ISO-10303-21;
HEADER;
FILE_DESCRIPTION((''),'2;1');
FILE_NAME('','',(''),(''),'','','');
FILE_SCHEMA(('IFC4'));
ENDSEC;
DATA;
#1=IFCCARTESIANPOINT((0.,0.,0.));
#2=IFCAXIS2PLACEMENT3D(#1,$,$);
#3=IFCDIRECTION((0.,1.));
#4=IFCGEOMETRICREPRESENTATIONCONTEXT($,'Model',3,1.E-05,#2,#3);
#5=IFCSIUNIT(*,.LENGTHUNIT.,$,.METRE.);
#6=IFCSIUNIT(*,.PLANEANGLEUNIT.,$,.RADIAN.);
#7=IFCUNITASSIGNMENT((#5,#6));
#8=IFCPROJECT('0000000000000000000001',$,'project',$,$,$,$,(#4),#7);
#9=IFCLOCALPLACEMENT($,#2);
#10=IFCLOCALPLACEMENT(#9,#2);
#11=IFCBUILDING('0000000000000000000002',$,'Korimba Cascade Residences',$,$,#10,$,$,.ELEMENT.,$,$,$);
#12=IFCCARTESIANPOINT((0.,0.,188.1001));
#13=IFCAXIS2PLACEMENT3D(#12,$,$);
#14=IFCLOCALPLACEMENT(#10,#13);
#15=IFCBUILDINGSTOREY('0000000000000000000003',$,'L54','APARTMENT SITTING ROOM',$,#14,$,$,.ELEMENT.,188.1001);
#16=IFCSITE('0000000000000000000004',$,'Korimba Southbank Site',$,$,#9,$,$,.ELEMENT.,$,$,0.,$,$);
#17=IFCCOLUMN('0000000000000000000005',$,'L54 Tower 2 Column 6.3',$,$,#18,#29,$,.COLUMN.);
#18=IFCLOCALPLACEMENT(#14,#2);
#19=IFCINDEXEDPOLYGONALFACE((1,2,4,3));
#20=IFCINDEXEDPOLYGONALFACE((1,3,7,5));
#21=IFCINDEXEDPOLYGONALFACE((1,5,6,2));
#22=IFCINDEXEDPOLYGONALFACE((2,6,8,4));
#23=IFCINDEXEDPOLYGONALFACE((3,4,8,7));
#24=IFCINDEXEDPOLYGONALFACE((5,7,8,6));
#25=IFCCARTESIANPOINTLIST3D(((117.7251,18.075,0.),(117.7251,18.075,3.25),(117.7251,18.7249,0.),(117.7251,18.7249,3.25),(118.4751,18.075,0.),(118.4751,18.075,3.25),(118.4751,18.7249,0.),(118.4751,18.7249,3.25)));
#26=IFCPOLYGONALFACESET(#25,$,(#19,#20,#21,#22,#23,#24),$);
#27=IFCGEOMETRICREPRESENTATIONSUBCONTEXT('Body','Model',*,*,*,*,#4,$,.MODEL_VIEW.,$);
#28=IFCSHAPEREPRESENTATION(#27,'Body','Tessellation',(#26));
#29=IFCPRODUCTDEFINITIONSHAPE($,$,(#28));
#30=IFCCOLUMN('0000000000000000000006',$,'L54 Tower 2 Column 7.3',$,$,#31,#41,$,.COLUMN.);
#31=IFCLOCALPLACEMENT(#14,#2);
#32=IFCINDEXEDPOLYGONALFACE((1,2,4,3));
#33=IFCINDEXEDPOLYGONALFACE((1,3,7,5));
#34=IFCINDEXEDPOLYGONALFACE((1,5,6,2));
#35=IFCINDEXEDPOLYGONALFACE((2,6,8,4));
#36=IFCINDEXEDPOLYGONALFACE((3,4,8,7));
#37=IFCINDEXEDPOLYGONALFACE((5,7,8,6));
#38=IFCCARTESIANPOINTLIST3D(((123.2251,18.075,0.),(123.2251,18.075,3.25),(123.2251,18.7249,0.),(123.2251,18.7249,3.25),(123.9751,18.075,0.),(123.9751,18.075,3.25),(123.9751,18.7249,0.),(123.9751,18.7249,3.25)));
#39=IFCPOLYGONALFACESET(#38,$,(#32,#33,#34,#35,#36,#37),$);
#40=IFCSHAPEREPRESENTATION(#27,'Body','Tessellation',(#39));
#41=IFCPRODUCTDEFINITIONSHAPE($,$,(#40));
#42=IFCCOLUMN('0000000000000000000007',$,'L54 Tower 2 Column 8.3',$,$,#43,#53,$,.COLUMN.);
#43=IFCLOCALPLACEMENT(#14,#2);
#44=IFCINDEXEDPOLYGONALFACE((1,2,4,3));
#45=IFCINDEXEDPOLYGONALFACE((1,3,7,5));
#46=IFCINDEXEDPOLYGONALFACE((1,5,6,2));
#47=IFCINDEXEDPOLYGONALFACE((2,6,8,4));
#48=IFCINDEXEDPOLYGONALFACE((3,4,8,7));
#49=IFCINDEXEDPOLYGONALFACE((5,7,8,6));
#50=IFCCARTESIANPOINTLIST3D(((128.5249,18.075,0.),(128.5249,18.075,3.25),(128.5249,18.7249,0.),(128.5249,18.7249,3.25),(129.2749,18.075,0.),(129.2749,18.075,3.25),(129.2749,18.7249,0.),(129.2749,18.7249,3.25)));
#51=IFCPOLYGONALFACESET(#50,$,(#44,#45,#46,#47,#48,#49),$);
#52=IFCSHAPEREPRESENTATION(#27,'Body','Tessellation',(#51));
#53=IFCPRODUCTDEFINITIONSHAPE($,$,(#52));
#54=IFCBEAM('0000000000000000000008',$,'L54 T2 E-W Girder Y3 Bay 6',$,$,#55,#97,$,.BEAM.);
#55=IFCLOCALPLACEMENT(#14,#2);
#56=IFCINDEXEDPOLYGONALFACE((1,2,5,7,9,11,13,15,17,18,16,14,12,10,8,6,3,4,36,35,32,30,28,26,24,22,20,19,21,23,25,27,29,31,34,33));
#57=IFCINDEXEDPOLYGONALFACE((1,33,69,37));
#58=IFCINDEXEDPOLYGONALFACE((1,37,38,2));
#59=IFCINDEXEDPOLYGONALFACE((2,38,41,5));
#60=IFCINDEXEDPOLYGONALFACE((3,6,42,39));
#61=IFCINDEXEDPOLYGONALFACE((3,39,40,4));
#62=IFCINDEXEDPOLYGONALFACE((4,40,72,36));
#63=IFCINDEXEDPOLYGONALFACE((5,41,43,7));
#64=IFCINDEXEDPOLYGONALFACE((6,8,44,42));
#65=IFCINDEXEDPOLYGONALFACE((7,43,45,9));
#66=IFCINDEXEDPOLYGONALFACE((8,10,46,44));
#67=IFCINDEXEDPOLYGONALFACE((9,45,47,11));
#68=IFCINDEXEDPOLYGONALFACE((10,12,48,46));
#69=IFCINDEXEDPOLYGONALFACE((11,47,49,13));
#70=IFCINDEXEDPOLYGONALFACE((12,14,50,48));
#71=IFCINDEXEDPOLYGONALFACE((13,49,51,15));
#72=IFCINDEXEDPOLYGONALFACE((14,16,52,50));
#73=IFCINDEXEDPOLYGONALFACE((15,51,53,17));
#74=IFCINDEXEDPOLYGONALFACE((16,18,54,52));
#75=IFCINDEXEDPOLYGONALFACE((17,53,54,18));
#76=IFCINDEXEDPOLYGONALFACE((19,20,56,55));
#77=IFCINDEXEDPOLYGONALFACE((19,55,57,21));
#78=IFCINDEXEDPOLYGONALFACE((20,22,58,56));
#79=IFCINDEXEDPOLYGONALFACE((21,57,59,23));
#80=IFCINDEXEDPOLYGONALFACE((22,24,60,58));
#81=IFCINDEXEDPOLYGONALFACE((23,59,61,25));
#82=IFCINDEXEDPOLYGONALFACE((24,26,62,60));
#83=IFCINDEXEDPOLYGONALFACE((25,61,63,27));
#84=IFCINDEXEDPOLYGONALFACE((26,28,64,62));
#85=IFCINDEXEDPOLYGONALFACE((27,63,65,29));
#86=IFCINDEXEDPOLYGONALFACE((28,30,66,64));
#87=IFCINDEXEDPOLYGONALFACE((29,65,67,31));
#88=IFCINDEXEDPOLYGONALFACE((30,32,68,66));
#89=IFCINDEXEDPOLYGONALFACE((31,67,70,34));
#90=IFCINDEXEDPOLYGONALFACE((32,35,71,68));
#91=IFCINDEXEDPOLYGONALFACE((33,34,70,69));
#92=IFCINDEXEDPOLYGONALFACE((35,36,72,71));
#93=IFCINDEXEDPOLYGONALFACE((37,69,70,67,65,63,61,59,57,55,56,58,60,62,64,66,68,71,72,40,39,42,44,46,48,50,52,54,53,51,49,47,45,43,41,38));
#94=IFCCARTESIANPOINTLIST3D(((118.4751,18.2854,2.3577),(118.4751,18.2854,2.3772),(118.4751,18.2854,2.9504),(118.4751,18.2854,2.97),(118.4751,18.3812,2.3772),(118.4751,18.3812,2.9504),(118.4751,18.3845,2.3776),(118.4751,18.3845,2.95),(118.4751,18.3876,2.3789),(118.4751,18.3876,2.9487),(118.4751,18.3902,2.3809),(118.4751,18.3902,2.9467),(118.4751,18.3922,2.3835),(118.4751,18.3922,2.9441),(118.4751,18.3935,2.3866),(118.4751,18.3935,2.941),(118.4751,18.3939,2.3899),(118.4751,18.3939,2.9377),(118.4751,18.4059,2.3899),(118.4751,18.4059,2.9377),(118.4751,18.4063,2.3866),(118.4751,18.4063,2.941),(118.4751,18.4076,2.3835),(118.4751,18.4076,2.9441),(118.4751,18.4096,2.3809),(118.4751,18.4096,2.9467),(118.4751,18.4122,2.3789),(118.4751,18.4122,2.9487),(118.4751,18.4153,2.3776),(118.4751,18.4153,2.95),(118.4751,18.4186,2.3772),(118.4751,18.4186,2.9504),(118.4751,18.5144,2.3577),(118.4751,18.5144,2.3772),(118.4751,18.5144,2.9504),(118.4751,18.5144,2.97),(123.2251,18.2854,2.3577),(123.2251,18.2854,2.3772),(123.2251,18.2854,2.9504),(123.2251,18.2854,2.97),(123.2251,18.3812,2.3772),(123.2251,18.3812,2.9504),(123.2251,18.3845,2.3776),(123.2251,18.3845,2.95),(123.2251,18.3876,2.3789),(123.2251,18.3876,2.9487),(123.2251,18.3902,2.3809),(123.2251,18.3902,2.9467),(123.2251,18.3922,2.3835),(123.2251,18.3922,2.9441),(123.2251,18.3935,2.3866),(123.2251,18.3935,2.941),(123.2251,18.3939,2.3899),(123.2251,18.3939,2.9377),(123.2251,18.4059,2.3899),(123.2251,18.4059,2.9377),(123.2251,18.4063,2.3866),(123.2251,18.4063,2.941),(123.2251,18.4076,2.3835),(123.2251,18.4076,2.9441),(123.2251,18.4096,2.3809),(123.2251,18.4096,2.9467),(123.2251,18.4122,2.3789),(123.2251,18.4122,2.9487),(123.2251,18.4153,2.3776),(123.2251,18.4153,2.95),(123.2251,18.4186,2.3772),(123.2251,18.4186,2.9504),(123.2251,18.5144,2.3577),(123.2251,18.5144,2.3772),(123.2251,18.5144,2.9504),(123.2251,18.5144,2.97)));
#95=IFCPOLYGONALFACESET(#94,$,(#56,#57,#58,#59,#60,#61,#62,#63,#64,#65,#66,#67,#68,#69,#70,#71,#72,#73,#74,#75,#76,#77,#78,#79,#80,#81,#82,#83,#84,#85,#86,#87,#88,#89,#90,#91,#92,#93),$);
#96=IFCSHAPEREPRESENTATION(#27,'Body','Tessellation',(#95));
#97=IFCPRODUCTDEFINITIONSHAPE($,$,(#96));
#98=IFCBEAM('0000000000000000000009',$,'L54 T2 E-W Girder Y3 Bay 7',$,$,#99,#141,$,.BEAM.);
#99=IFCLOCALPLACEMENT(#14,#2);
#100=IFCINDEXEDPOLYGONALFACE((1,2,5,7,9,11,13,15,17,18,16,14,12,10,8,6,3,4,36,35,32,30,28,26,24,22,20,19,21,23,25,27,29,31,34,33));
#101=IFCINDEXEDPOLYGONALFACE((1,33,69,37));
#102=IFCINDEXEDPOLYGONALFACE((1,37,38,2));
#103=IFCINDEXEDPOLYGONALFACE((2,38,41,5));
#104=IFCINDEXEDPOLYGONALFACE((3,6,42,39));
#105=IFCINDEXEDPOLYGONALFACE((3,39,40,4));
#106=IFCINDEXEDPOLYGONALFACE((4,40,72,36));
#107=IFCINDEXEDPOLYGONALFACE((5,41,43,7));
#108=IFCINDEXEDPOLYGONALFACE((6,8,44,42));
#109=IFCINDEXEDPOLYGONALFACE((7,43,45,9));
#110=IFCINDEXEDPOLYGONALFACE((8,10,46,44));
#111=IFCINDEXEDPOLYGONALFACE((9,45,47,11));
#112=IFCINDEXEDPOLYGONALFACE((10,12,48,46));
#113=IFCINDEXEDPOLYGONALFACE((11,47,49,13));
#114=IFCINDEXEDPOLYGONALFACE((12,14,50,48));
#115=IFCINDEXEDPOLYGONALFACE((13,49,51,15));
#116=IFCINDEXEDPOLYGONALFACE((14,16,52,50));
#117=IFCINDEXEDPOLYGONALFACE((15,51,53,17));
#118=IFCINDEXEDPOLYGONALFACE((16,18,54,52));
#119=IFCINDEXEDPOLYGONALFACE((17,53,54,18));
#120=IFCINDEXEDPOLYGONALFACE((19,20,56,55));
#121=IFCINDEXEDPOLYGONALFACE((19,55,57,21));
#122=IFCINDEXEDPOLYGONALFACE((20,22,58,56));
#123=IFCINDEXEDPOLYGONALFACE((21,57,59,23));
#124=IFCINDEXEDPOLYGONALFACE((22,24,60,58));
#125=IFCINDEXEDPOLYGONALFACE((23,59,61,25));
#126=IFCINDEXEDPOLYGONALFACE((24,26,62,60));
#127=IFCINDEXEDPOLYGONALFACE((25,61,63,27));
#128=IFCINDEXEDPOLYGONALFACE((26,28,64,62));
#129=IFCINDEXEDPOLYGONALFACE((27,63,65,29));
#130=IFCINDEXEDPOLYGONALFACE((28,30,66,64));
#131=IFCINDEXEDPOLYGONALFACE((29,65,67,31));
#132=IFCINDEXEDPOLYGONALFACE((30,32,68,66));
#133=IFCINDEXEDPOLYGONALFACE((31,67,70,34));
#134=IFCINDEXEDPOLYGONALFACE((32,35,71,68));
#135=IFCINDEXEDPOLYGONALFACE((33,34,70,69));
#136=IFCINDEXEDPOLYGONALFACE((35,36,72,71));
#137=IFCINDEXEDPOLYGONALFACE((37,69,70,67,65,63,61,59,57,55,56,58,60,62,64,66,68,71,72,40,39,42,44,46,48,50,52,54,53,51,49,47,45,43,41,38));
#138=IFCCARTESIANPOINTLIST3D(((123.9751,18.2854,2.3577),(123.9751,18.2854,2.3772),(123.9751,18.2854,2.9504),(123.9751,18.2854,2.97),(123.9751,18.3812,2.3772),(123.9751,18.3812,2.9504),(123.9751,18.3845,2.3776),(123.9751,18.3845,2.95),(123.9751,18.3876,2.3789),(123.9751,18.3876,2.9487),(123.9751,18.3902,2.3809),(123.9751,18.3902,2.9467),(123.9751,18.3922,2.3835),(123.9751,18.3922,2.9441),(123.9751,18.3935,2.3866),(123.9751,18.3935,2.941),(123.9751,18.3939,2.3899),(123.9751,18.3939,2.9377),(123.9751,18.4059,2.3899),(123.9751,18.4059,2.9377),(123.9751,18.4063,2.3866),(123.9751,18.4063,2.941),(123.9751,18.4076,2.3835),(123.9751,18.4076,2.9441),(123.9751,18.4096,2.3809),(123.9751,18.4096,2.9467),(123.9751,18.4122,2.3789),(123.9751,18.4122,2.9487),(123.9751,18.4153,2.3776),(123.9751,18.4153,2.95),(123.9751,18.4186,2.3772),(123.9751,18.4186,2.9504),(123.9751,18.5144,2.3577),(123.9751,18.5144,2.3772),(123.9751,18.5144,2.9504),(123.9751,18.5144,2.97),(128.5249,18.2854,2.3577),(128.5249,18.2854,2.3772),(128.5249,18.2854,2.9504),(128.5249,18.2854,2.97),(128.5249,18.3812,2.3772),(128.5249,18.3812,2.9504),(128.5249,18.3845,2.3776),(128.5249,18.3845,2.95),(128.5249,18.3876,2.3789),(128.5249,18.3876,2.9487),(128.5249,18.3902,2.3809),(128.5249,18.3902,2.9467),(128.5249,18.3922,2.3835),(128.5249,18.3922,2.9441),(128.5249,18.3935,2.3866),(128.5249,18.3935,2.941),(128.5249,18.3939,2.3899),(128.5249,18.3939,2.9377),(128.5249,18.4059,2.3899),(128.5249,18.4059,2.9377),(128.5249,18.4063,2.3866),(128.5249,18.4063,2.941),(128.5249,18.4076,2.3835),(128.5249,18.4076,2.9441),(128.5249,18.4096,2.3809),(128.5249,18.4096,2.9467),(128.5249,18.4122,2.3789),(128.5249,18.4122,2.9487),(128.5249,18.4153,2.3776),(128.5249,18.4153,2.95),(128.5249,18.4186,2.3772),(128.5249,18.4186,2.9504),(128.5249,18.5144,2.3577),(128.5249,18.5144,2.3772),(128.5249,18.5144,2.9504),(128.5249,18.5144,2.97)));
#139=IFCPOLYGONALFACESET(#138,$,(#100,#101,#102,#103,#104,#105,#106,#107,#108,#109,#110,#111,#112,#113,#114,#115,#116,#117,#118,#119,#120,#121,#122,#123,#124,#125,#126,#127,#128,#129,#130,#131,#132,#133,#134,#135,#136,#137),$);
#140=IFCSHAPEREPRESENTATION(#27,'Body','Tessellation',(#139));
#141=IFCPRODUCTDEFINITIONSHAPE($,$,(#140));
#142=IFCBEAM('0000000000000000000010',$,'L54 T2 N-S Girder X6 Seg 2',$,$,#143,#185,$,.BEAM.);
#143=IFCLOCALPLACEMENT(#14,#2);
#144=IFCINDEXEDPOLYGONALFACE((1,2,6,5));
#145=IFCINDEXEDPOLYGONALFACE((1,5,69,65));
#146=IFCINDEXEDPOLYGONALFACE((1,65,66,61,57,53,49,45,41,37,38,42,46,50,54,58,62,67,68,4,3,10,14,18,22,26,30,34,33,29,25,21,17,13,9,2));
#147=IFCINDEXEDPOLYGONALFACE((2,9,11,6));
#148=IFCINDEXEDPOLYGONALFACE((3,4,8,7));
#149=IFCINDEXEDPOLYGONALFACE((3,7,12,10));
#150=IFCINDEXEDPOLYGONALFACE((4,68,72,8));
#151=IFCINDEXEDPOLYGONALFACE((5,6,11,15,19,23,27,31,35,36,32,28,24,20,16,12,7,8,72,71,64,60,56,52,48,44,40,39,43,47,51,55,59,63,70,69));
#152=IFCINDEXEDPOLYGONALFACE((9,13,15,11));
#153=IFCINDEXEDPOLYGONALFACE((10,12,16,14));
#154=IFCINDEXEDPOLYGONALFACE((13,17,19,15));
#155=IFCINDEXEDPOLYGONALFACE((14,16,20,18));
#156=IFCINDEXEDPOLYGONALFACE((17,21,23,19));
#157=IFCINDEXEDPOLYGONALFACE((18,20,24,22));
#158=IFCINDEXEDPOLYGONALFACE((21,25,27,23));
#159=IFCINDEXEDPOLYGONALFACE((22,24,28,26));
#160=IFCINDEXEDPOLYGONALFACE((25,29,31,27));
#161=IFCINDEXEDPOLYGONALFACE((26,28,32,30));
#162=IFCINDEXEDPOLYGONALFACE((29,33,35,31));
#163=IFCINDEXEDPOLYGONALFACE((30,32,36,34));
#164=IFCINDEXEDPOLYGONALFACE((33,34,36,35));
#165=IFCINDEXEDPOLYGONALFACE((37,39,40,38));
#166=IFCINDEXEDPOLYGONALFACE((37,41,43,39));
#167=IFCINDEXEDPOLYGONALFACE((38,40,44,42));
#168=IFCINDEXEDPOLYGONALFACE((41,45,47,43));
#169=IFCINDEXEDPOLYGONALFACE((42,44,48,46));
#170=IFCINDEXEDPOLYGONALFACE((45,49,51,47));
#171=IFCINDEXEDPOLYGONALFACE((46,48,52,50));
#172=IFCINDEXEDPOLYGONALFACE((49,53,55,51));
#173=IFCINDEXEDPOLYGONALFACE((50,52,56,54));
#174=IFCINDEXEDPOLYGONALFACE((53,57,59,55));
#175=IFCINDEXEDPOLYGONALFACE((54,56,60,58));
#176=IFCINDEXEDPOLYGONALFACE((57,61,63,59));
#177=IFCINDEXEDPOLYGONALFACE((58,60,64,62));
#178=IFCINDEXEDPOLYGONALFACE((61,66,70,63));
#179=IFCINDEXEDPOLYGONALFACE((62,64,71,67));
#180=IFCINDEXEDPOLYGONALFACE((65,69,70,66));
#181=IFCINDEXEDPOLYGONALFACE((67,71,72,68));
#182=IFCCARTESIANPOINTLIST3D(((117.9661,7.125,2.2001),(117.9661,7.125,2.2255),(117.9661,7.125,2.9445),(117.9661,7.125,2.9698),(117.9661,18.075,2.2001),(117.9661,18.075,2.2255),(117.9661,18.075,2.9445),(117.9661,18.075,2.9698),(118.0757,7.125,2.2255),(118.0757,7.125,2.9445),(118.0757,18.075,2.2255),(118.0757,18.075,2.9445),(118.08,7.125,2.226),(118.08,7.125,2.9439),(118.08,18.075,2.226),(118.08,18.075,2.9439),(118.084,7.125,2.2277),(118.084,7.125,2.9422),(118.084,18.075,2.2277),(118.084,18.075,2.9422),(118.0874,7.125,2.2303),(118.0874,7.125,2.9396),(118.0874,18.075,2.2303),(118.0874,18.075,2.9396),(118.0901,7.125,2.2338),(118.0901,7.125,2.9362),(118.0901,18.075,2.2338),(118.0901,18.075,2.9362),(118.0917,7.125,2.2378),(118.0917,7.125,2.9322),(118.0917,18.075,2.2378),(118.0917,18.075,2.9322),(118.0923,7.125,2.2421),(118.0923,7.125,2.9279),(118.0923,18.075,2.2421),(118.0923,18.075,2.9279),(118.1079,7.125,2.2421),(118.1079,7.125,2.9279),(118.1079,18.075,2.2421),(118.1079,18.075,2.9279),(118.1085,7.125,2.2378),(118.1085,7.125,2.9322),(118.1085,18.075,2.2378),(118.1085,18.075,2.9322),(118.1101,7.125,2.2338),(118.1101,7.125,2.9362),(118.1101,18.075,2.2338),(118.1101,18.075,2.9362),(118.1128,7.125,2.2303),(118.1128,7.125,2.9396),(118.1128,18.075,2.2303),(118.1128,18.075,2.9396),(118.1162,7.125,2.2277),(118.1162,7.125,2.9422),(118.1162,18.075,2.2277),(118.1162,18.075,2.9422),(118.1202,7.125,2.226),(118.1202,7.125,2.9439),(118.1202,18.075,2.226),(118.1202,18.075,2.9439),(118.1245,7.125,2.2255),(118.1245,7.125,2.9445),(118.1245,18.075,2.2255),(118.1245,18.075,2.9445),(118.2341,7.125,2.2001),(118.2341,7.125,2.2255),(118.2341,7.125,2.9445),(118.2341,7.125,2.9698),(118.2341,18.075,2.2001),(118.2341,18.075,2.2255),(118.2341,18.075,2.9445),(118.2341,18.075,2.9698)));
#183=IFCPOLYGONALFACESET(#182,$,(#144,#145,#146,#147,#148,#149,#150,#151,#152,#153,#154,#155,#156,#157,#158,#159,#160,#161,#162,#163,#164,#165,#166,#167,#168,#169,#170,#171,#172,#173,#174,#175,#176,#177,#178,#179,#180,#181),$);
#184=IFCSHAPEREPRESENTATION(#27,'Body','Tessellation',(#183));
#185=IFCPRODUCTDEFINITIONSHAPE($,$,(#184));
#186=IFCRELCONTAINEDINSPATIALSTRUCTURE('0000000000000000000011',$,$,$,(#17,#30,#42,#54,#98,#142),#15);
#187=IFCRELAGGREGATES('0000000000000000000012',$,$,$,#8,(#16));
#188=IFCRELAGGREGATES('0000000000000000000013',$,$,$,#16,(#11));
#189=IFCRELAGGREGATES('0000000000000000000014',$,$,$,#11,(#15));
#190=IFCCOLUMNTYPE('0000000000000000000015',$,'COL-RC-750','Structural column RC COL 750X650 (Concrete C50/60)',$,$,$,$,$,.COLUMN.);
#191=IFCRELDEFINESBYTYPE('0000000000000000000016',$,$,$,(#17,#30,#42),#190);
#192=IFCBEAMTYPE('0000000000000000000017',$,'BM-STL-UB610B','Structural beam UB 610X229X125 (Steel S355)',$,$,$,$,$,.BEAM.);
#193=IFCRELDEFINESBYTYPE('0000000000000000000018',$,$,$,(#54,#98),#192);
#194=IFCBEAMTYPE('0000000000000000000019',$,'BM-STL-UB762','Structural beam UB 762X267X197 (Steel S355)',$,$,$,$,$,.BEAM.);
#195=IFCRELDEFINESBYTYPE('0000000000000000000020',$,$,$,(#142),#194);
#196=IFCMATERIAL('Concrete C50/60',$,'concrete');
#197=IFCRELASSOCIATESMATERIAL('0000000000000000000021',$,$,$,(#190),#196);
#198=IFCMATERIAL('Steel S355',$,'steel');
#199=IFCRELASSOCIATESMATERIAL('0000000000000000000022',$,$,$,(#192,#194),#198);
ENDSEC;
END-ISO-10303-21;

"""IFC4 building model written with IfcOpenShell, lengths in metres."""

from ifc_helpers import new_model, si_unit, direction, frame, origin, origin_2d, place, context, subcontext, project, spatial, rectangle, i_section, extrude, material, material_profile, profile_set, type_object, element, save


model = new_model("IFC4")

# Units and contexts
model_context = context("Model", 3, precision=1e-05, world=origin(), true_north=direction((0.0, 1.0)))
body_context = subcontext(model_context, "Body", "Model", "MODEL_VIEW")
ifc_project = project(units=[si_unit("LENGTHUNIT", "METRE"), si_unit("PLANEANGLEUNIT", "RADIAN")], contexts=[model_context])

# Site, building, storey
site_placement = place(None, origin())
site = spatial("IfcSite", under=ifc_project, at=site_placement, Name="Korimba Southbank Site", CompositionType="ELEMENT", RefElevation=0.0)
building_placement = place(site_placement, origin())
building = spatial("IfcBuilding", under=site, at=building_placement, Name="Korimba Cascade Residences", CompositionType="ELEMENT")
storey_placement = place(building_placement, frame((0.0, 0.0, 188.1001)))
storey = spatial("IfcBuildingStorey", under=building, at=storey_placement, Name="L54", Description="APARTMENT SITTING ROOM", CompositionType="ELEMENT", Elevation=188.1001)

# Columns
ifc_material_1 = material(Name="Concrete C50/60", Category="concrete")
ifc_material_profile_1 = material_profile(ifc_material_1, rectangle(XDim=0.75, YDim=0.6499, at=origin_2d()), Name="Concrete C50/60")
ifc_profile_set_1 = profile_set([ifc_material_profile_1], Name="Concrete C50/60")
column_type = type_object("IfcColumnType", Name="COL-RC-750", Description="Structural column RC COL 750X650 (Concrete C50/60)", PredefinedType="COLUMN", material=ifc_profile_set_1)
for number, where, z_axis, x_axis, name in (
    (1, (118.1001, 18.3999, 0.0), (0.0, 0.0, 1.0), (1.0, 0.0, 0.0), "L54 Tower 2 Column 6.3"),
    (2, (123.6001, 18.3999, 0.0), (0.0, 0.0, 1.0), (1.0, 0.0, 0.0), "L54 Tower 2 Column 7.3"),
    (3, (128.8999, 18.3999, 0.0), (0.0, 0.0, 1.0), (1.0, 0.0, 0.0), "L54 Tower 2 Column 8.3"),
):
    element("IfcColumn", number, at=place(storey_placement, frame(where, z_axis=z_axis, x_axis=x_axis)), inside=storey, type_object=column_type, Name=name, PredefinedType="COLUMN", context=body_context, shape_type="SweptSolid", body=[
        extrude(rectangle(XDim=0.75, YDim=0.6499, at=origin_2d()), origin(), (0.0, 0.0, 1.0), 3.25),
    ])

# Beams
ifc_material_2 = material(Name="Steel S355", Category="steel")
ifc_material_profile_2 = material_profile(ifc_material_2, i_section(OverallWidth=0.229, OverallDepth=0.6123, WebThickness=0.012, FlangeThickness=0.0195, FilletRadius=0.0127, at=origin_2d()), Name="Steel S355")
ifc_profile_set_2 = profile_set([ifc_material_profile_2], Name="Steel S355")
beam_type_1 = type_object("IfcBeamType", Name="BM-STL-UB610B", Description="Structural beam UB 610X229X125 (Steel S355)", PredefinedType="BEAM", material=ifc_profile_set_2)
beam_1_placement = place(storey_placement, frame((118.4751, 18.3999, 2.6638), z_axis=(1.0, 0.0, 0.0), x_axis=(0.0, 1.0, 0.0)))
element("IfcBeam", 4, at=beam_1_placement, inside=storey, type_object=beam_type_1, Name="L54 T2 E-W Girder Y3 Bay 6", PredefinedType="BEAM", context=body_context, shape_type="SweptSolid", body=[
    extrude(i_section(OverallWidth=0.229, OverallDepth=0.6123, WebThickness=0.012, FlangeThickness=0.0195, FilletRadius=0.0127, at=origin_2d()), origin(), (0.0, 0.0, 1.0), 4.75),
])
beam_2_placement = place(storey_placement, frame((123.9751, 18.3999, 2.6638), z_axis=(1.0, 0.0, 0.0), x_axis=(0.0, 1.0, 0.0)))
element("IfcBeam", 5, at=beam_2_placement, inside=storey, type_object=beam_type_1, Name="L54 T2 E-W Girder Y3 Bay 7", PredefinedType="BEAM", context=body_context, shape_type="SweptSolid", body=[
    extrude(i_section(OverallWidth=0.229, OverallDepth=0.6123, WebThickness=0.012, FlangeThickness=0.0195, FilletRadius=0.0127, at=origin_2d()), origin(), (0.0, 0.0, 1.0), 4.5498),
])
ifc_material_profile_3 = material_profile(ifc_material_2, i_section(OverallWidth=0.2681, OverallDepth=0.7698, WebThickness=0.0156, FlangeThickness=0.0254, FilletRadius=0.0166, at=origin_2d()), Name="Steel S355")
ifc_profile_set_3 = profile_set([ifc_material_profile_3], Name="Steel S355")
beam_type_2 = type_object("IfcBeamType", Name="BM-STL-UB762", Description="Structural beam UB 762X267X197 (Steel S355)", PredefinedType="BEAM", material=ifc_profile_set_3)
for number, where, z_axis, x_axis, name in (
    (6, (118.1001, 7.125, 2.585), (0.0, 1.0, 0.0), (-1.0, 0.0, 0.0), "L54 T2 N-S Girder X6 Seg 2"),
):
    element("IfcBeam", number, at=place(storey_placement, frame(where, z_axis=z_axis, x_axis=x_axis)), inside=storey, type_object=beam_type_2, Name=name, PredefinedType="BEAM", context=body_context, shape_type="SweptSolid", body=[
        extrude(i_section(OverallWidth=0.2681, OverallDepth=0.7698, WebThickness=0.0156, FlangeThickness=0.0254, FilletRadius=0.0166, at=origin_2d()), origin(), (0.0, 0.0, 1.0), 10.95),
    ])

save(model, "model.ifc")
